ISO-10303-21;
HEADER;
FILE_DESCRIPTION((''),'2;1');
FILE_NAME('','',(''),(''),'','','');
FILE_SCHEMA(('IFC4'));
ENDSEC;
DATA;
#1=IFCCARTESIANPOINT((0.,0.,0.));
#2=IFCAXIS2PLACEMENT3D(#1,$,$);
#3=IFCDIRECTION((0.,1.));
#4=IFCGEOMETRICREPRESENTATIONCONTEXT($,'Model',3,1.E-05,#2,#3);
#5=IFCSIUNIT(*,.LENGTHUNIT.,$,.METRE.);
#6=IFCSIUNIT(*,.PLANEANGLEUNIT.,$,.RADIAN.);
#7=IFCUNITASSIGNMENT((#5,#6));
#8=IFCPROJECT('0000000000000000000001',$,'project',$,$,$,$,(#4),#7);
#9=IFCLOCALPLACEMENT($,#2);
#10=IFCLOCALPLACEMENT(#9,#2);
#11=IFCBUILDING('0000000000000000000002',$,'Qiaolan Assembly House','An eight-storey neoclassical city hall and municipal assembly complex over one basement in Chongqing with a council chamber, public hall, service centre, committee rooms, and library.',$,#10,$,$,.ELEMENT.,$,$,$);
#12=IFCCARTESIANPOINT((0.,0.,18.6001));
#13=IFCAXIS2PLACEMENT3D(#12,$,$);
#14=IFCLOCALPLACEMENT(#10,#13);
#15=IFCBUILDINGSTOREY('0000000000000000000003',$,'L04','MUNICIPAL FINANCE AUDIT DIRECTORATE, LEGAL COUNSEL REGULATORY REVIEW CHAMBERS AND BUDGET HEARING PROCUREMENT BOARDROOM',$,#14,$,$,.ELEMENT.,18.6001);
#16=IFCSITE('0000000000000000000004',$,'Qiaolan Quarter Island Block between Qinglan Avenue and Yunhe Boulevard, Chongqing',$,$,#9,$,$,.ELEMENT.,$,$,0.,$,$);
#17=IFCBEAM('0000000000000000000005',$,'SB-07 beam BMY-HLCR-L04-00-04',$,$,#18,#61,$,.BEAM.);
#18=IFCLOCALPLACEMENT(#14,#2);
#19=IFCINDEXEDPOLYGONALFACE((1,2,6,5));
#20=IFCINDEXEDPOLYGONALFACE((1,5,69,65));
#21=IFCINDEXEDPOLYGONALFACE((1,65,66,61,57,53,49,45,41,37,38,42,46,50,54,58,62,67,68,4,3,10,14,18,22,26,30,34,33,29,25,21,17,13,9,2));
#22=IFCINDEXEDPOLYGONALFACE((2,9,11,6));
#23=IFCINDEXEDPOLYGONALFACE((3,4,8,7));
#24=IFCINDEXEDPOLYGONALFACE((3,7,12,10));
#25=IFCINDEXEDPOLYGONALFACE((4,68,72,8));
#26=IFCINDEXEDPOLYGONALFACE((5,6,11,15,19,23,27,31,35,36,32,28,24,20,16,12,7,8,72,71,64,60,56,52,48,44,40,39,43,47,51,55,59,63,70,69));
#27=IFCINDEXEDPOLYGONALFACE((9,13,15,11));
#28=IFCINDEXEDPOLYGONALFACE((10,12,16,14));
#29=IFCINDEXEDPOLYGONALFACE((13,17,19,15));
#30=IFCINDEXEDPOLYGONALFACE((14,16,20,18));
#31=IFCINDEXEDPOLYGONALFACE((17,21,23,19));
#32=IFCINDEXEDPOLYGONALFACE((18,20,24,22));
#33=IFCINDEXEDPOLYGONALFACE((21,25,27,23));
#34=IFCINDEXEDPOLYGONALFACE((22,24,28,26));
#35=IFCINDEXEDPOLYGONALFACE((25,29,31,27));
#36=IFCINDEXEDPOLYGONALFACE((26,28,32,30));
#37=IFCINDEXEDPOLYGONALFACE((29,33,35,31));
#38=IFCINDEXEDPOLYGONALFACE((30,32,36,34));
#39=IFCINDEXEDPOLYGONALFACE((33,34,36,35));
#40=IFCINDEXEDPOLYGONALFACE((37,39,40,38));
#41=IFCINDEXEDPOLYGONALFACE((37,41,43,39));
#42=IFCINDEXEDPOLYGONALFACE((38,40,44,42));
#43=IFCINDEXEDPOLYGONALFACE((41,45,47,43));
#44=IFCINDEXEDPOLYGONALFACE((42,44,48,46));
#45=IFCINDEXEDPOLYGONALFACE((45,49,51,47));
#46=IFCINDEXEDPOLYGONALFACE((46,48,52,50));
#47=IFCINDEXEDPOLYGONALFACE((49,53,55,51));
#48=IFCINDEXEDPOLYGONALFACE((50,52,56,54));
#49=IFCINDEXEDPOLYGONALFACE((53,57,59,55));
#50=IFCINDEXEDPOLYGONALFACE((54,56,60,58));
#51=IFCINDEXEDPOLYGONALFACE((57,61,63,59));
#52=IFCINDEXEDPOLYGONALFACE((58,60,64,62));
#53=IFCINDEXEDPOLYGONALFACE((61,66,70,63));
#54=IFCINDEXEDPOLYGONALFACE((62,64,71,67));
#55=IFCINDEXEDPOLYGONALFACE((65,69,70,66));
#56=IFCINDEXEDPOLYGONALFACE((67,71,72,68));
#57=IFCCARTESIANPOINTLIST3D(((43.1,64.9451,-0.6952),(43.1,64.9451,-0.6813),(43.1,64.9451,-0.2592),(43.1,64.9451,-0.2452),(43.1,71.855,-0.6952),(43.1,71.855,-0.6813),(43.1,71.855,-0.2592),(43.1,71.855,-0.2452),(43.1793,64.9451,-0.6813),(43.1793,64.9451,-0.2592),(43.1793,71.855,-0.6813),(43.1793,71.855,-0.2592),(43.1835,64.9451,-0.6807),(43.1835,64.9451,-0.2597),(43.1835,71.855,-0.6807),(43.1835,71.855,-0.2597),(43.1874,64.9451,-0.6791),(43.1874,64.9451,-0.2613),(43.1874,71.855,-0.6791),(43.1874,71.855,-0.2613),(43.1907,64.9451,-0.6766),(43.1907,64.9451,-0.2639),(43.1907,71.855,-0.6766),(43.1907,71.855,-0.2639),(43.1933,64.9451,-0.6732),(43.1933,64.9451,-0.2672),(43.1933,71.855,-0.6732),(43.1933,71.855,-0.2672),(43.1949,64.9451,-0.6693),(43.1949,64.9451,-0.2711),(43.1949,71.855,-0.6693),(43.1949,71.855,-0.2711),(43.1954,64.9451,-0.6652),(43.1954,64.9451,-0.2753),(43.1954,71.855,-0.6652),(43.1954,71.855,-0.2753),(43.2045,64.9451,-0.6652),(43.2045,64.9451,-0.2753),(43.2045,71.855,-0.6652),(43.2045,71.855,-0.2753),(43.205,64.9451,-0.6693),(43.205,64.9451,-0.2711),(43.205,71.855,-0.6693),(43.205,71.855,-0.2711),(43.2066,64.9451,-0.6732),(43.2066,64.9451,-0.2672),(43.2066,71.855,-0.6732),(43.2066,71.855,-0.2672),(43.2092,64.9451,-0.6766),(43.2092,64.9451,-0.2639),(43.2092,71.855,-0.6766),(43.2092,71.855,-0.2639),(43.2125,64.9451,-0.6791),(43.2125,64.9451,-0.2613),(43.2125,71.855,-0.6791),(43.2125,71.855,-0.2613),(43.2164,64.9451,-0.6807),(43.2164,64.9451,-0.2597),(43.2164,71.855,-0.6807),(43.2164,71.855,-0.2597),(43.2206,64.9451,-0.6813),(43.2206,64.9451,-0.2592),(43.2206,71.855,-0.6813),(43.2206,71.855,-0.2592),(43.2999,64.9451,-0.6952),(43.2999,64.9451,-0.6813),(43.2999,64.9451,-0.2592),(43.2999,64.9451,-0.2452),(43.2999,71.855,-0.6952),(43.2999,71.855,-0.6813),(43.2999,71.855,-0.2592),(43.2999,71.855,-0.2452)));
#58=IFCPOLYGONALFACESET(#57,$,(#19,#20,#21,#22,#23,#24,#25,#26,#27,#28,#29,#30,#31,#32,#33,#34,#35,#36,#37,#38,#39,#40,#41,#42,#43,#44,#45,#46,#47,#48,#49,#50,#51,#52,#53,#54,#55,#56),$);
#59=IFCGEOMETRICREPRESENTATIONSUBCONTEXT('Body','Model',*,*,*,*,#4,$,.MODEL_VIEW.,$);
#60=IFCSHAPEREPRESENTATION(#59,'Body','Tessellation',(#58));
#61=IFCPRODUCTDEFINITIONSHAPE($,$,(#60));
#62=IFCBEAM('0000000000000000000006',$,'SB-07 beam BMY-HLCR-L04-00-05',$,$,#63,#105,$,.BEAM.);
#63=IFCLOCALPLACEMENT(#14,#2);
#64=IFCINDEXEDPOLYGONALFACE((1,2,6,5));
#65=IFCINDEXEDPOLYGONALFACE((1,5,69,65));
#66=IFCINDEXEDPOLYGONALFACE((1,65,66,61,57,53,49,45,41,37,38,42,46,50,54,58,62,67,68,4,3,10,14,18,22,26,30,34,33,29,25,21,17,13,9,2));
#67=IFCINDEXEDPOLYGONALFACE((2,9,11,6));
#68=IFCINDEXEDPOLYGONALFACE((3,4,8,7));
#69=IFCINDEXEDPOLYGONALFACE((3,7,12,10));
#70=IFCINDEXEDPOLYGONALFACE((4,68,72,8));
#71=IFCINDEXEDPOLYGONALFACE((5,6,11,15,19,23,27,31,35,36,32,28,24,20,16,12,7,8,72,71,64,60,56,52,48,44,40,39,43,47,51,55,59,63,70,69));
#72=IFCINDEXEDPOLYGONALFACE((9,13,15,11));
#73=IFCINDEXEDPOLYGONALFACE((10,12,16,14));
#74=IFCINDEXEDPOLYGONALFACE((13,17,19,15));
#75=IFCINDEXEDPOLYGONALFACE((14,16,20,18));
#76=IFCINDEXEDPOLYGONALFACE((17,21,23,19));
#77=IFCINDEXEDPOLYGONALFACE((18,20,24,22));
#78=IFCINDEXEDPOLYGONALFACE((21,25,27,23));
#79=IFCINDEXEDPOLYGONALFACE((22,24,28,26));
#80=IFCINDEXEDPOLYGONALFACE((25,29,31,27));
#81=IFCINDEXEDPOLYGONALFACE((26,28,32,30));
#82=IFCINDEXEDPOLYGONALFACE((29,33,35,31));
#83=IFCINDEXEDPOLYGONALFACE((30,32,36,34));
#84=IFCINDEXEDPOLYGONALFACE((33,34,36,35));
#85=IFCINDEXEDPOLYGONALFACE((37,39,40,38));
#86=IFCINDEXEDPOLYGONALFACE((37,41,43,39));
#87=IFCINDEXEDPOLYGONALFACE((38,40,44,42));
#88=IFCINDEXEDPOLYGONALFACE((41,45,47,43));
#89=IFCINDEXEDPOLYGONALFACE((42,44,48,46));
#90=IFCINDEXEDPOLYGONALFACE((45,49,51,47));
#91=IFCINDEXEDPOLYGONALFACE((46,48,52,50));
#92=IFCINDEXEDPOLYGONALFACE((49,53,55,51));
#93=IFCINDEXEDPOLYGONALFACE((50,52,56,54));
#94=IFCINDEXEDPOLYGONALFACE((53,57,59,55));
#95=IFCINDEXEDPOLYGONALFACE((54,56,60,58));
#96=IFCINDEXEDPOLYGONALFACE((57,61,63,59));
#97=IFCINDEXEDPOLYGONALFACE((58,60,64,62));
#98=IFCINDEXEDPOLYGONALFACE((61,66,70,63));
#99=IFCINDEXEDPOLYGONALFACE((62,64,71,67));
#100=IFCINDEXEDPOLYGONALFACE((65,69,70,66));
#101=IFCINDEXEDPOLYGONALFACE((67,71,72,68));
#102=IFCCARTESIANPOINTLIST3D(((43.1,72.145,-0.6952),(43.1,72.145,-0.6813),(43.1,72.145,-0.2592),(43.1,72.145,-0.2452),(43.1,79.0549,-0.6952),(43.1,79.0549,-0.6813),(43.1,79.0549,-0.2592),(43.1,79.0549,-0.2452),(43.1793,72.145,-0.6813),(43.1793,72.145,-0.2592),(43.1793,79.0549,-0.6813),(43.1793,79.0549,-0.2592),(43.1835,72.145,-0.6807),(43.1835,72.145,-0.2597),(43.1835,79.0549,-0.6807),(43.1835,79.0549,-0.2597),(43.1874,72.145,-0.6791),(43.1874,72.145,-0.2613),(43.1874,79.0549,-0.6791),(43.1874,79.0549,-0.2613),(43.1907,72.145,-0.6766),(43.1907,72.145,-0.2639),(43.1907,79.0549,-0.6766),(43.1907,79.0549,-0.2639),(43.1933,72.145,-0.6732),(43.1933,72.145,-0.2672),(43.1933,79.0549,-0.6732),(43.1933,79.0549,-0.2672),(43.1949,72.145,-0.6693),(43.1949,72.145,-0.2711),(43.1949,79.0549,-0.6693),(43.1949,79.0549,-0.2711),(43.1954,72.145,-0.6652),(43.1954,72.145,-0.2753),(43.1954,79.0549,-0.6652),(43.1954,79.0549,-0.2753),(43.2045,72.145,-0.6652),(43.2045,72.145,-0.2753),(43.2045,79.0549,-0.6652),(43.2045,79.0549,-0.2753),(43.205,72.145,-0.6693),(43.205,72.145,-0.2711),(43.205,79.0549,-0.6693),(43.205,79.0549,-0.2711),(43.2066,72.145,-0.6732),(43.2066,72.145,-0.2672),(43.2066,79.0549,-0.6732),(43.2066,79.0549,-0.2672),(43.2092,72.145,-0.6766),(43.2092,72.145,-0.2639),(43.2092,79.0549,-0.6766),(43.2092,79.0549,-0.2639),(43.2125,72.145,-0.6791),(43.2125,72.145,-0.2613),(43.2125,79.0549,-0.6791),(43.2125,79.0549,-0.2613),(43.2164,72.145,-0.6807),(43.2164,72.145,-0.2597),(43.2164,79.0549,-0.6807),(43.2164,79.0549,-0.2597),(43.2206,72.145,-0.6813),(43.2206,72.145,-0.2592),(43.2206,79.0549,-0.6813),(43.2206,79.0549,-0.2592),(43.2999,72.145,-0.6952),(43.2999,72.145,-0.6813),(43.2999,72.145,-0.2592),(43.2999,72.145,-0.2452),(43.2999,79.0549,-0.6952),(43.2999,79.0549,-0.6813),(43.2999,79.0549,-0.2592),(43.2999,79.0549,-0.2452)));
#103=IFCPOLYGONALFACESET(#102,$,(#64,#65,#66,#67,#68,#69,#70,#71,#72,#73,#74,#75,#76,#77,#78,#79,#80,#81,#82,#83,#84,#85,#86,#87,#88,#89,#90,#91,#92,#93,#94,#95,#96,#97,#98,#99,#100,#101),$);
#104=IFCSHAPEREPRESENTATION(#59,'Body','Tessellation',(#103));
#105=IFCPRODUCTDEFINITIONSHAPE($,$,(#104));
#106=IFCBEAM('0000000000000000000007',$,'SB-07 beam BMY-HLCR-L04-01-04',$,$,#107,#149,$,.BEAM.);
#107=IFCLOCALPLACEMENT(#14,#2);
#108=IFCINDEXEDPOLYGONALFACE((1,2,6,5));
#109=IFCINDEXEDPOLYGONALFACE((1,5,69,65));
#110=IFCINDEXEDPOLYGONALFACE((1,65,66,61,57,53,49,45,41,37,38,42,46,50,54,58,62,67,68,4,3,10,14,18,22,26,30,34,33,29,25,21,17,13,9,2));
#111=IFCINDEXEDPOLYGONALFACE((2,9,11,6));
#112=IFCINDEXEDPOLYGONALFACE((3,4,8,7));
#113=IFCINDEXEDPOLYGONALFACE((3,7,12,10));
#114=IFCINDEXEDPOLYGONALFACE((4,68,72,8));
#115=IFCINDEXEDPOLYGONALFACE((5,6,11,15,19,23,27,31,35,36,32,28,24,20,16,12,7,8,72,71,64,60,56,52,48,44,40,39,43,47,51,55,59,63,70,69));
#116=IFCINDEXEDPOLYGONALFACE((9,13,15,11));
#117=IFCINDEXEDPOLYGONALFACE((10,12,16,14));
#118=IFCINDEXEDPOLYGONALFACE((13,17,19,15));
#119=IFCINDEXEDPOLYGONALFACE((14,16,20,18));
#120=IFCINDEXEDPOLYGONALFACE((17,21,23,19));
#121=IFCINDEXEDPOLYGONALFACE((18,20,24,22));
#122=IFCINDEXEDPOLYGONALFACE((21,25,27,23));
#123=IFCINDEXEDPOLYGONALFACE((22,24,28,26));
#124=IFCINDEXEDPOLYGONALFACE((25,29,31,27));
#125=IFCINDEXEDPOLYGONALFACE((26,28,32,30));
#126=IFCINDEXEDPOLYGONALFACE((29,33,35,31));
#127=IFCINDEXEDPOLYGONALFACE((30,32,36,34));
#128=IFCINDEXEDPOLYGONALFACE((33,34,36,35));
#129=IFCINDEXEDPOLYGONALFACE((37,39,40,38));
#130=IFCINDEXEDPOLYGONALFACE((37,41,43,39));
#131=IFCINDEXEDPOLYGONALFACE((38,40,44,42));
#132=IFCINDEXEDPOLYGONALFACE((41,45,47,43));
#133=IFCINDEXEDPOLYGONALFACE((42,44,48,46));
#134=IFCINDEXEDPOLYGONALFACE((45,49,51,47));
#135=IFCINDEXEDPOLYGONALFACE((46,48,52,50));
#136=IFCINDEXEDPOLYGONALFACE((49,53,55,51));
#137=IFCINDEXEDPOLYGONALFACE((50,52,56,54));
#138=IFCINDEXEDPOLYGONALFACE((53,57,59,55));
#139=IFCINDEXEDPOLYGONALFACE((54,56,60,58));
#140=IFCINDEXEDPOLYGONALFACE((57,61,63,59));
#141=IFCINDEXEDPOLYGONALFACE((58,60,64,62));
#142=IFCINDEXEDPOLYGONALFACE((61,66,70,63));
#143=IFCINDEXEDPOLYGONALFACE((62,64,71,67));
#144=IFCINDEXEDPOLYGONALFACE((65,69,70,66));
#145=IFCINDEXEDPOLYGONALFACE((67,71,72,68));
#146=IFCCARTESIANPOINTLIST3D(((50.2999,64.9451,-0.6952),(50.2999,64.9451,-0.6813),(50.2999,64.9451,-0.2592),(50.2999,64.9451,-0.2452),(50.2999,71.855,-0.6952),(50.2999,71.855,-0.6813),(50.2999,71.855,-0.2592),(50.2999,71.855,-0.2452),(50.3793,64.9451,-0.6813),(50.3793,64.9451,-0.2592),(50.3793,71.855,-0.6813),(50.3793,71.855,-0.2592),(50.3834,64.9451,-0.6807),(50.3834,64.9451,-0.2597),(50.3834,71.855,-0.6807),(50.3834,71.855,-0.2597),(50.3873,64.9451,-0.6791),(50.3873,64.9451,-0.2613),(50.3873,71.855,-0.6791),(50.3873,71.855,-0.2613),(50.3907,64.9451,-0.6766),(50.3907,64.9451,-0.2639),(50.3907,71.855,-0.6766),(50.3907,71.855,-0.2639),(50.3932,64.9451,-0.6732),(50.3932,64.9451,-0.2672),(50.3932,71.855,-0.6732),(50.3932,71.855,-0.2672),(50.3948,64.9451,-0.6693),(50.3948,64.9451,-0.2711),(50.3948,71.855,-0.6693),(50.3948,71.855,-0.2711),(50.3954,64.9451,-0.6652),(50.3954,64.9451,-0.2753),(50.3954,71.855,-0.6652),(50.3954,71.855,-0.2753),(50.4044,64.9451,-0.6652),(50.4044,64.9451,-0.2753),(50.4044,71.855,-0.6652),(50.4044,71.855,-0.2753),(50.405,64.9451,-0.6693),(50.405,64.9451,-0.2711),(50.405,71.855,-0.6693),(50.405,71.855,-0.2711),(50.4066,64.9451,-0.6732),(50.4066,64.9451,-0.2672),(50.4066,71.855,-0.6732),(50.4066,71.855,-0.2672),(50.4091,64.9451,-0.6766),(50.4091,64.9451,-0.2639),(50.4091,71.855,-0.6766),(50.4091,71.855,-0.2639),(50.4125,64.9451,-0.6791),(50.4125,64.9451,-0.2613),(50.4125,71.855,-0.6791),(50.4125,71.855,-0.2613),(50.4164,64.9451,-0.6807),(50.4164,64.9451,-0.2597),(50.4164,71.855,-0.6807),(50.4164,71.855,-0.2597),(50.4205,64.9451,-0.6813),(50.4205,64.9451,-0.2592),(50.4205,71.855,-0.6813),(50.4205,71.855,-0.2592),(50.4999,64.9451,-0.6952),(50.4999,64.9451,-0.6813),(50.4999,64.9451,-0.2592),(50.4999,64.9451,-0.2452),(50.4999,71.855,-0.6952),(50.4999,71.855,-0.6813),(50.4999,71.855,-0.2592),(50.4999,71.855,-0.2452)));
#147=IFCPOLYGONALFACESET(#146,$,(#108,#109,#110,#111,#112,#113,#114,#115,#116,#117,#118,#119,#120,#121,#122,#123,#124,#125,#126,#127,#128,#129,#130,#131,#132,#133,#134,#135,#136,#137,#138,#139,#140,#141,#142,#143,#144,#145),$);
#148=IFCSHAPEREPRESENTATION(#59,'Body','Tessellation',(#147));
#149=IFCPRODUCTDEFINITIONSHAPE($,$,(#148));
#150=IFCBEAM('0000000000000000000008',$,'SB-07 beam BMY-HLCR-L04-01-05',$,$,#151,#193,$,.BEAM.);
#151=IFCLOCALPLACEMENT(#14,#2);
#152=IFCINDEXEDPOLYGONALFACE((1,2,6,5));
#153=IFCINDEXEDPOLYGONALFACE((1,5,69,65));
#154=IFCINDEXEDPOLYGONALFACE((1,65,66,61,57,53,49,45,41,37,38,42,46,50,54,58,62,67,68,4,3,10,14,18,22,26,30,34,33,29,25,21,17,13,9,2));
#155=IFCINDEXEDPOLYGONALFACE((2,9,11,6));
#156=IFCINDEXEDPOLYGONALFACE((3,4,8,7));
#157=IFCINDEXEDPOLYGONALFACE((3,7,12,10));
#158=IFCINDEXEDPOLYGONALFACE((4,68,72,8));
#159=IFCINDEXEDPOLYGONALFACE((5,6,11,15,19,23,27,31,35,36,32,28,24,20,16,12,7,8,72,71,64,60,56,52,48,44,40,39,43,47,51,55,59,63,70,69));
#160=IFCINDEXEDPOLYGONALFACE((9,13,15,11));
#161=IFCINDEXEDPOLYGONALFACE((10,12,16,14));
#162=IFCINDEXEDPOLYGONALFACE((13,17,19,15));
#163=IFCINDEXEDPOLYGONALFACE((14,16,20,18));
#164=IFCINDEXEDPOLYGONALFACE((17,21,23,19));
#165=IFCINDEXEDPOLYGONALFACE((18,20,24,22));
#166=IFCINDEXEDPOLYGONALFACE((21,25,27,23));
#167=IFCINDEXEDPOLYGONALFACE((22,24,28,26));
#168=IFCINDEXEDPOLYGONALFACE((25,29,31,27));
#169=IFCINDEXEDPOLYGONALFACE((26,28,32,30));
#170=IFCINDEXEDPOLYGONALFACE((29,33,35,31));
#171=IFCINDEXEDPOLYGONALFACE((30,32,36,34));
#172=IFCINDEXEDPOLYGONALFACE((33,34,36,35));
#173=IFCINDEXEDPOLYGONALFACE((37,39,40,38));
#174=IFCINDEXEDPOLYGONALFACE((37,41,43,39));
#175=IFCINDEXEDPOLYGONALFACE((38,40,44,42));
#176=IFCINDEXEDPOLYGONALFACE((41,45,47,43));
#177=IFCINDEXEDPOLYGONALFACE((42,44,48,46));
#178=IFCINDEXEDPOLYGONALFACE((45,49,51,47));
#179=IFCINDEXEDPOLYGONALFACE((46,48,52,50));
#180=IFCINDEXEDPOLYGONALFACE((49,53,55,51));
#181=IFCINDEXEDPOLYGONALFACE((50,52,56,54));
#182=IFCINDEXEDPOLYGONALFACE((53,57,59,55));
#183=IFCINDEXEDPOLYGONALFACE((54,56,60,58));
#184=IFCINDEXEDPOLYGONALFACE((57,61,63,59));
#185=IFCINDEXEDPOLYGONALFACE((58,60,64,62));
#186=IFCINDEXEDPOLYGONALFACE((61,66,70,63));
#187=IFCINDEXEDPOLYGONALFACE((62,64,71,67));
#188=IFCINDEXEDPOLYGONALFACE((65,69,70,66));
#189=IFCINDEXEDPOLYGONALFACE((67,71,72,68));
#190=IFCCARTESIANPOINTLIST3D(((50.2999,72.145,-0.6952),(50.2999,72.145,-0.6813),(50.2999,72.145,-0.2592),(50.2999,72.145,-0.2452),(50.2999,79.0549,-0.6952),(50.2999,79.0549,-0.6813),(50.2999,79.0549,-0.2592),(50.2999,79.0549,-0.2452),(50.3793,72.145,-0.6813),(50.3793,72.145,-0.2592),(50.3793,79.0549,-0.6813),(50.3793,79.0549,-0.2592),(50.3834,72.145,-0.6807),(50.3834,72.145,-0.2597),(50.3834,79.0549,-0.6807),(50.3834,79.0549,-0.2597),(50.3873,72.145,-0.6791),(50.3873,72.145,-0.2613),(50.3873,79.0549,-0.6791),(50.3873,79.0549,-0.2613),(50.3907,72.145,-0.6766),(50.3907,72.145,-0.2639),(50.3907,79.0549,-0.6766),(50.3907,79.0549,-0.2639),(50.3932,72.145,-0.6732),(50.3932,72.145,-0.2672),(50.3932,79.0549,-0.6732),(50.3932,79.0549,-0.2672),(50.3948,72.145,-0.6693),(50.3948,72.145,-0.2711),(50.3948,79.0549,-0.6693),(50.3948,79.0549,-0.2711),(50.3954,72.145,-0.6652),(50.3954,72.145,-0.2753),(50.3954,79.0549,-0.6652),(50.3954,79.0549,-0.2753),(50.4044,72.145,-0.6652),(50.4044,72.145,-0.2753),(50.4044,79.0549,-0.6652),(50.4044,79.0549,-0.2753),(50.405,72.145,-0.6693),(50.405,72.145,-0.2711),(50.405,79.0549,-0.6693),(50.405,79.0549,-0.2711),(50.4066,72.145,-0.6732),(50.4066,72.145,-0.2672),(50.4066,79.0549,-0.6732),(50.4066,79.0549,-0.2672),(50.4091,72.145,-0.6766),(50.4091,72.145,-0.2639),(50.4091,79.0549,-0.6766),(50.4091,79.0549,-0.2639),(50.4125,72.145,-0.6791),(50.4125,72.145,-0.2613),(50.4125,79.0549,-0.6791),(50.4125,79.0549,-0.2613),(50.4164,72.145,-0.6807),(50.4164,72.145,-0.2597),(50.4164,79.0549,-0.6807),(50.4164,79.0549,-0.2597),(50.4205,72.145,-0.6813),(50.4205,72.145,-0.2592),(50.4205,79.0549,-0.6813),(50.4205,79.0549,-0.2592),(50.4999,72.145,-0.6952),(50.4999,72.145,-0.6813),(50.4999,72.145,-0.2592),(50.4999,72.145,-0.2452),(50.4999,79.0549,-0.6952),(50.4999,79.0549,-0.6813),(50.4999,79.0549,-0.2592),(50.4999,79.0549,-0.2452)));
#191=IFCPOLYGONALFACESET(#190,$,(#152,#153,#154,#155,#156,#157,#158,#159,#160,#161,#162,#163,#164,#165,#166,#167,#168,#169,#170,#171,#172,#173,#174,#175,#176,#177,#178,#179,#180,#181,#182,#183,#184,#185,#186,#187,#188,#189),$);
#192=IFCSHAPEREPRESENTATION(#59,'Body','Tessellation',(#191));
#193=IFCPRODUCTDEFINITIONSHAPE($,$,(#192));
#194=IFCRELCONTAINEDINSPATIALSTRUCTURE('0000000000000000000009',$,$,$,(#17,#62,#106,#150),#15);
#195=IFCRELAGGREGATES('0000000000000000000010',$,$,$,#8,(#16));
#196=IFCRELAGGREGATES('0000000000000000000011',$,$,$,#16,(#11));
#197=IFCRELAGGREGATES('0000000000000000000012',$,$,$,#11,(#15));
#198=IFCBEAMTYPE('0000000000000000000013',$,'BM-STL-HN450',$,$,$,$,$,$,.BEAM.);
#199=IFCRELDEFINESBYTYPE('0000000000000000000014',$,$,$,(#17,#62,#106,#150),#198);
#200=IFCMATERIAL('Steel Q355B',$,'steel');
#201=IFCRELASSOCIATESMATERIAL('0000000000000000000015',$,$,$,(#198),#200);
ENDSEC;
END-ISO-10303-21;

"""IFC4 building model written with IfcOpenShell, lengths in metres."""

from ifc_helpers import new_model, si_unit, direction, frame, origin, origin_2d, place, context, subcontext, project, spatial, i_section, extrude, material, material_profile, profile_set, type_object, element, save


model = new_model("IFC4")

# Units and contexts
model_context = context("Model", 3, precision=1e-05, world=origin(), true_north=direction((0.0, 1.0)))
body_context = subcontext(model_context, "Body", "Model", "MODEL_VIEW")
ifc_project = project(units=[si_unit("LENGTHUNIT", "METRE"), si_unit("PLANEANGLEUNIT", "RADIAN")], contexts=[model_context])

# Site, building, storey
site_placement = place(None, origin())
site = spatial("IfcSite", under=ifc_project, at=site_placement, Name="Qiaolan Quarter Island Block between Qinglan Avenue and Yunhe Boulevard, Chongqing", CompositionType="ELEMENT", RefElevation=0.0)
building_placement = place(site_placement, origin())
building = spatial("IfcBuilding", under=site, at=building_placement, Name="Qiaolan Assembly House", Description="An eight-storey neoclassical city hall and municipal assembly complex over one basement in Chongqing with a council chamber, public hall, service centre, committee rooms, and library.", CompositionType="ELEMENT")
storey_placement = place(building_placement, frame((0.0, 0.0, 18.6001)))
storey = spatial("IfcBuildingStorey", under=building, at=storey_placement, Name="L04", Description="MUNICIPAL FINANCE AUDIT DIRECTORATE, LEGAL COUNSEL REGULATORY REVIEW CHAMBERS AND BUDGET HEARING PROCUREMENT BOARDROOM", CompositionType="ELEMENT", Elevation=18.6001)

# Beams
ifc_material_1 = material(Name="Steel Q355B", Category="steel")
ifc_material_profile_1 = material_profile(ifc_material_1, i_section(OverallWidth=0.2, OverallDepth=0.45, WebThickness=0.009, FlangeThickness=0.0139, FilletRadius=0.0161, at=origin_2d()), Name="HN 450x200x9x14")
ifc_profile_set_1 = profile_set([ifc_material_profile_1], Name="Steel Q355B")
beam_type_1 = type_object("IfcBeamType", Name="BM-STL-HN450", PredefinedType="BEAM", material=ifc_profile_set_1)
for number, where, z_axis, x_axis, name in (
    (1, (43.2, 64.9451, -0.4702), (0.0, 1.0, 0.0), (-1.0, 0.0, 0.0), "SB-07 beam BMY-HLCR-L04-00-04"),
    (2, (43.2, 72.145, -0.4702), (0.0, 1.0, 0.0), (-1.0, 0.0, 0.0), "SB-07 beam BMY-HLCR-L04-00-05"),
    (3, (50.3999, 64.9451, -0.4702), (0.0, 1.0, 0.0), (-1.0, 0.0, 0.0), "SB-07 beam BMY-HLCR-L04-01-04"),
    (4, (50.3999, 72.145, -0.4702), (0.0, 1.0, 0.0), (-1.0, 0.0, 0.0), "SB-07 beam BMY-HLCR-L04-01-05"),
):
    element("IfcBeam", number, at=place(storey_placement, frame(where, z_axis=z_axis, x_axis=x_axis)), inside=storey, type_object=beam_type_1, Name=name, PredefinedType="BEAM", context=body_context, shape_type="SweptSolid", body=[
        extrude(i_section(OverallWidth=0.2, OverallDepth=0.45, WebThickness=0.009, FlangeThickness=0.0139, FilletRadius=0.0161, at=origin_2d()), origin(), (0.0, 0.0, 1.0), 6.9099),
    ])

save(model, "model.ifc")
